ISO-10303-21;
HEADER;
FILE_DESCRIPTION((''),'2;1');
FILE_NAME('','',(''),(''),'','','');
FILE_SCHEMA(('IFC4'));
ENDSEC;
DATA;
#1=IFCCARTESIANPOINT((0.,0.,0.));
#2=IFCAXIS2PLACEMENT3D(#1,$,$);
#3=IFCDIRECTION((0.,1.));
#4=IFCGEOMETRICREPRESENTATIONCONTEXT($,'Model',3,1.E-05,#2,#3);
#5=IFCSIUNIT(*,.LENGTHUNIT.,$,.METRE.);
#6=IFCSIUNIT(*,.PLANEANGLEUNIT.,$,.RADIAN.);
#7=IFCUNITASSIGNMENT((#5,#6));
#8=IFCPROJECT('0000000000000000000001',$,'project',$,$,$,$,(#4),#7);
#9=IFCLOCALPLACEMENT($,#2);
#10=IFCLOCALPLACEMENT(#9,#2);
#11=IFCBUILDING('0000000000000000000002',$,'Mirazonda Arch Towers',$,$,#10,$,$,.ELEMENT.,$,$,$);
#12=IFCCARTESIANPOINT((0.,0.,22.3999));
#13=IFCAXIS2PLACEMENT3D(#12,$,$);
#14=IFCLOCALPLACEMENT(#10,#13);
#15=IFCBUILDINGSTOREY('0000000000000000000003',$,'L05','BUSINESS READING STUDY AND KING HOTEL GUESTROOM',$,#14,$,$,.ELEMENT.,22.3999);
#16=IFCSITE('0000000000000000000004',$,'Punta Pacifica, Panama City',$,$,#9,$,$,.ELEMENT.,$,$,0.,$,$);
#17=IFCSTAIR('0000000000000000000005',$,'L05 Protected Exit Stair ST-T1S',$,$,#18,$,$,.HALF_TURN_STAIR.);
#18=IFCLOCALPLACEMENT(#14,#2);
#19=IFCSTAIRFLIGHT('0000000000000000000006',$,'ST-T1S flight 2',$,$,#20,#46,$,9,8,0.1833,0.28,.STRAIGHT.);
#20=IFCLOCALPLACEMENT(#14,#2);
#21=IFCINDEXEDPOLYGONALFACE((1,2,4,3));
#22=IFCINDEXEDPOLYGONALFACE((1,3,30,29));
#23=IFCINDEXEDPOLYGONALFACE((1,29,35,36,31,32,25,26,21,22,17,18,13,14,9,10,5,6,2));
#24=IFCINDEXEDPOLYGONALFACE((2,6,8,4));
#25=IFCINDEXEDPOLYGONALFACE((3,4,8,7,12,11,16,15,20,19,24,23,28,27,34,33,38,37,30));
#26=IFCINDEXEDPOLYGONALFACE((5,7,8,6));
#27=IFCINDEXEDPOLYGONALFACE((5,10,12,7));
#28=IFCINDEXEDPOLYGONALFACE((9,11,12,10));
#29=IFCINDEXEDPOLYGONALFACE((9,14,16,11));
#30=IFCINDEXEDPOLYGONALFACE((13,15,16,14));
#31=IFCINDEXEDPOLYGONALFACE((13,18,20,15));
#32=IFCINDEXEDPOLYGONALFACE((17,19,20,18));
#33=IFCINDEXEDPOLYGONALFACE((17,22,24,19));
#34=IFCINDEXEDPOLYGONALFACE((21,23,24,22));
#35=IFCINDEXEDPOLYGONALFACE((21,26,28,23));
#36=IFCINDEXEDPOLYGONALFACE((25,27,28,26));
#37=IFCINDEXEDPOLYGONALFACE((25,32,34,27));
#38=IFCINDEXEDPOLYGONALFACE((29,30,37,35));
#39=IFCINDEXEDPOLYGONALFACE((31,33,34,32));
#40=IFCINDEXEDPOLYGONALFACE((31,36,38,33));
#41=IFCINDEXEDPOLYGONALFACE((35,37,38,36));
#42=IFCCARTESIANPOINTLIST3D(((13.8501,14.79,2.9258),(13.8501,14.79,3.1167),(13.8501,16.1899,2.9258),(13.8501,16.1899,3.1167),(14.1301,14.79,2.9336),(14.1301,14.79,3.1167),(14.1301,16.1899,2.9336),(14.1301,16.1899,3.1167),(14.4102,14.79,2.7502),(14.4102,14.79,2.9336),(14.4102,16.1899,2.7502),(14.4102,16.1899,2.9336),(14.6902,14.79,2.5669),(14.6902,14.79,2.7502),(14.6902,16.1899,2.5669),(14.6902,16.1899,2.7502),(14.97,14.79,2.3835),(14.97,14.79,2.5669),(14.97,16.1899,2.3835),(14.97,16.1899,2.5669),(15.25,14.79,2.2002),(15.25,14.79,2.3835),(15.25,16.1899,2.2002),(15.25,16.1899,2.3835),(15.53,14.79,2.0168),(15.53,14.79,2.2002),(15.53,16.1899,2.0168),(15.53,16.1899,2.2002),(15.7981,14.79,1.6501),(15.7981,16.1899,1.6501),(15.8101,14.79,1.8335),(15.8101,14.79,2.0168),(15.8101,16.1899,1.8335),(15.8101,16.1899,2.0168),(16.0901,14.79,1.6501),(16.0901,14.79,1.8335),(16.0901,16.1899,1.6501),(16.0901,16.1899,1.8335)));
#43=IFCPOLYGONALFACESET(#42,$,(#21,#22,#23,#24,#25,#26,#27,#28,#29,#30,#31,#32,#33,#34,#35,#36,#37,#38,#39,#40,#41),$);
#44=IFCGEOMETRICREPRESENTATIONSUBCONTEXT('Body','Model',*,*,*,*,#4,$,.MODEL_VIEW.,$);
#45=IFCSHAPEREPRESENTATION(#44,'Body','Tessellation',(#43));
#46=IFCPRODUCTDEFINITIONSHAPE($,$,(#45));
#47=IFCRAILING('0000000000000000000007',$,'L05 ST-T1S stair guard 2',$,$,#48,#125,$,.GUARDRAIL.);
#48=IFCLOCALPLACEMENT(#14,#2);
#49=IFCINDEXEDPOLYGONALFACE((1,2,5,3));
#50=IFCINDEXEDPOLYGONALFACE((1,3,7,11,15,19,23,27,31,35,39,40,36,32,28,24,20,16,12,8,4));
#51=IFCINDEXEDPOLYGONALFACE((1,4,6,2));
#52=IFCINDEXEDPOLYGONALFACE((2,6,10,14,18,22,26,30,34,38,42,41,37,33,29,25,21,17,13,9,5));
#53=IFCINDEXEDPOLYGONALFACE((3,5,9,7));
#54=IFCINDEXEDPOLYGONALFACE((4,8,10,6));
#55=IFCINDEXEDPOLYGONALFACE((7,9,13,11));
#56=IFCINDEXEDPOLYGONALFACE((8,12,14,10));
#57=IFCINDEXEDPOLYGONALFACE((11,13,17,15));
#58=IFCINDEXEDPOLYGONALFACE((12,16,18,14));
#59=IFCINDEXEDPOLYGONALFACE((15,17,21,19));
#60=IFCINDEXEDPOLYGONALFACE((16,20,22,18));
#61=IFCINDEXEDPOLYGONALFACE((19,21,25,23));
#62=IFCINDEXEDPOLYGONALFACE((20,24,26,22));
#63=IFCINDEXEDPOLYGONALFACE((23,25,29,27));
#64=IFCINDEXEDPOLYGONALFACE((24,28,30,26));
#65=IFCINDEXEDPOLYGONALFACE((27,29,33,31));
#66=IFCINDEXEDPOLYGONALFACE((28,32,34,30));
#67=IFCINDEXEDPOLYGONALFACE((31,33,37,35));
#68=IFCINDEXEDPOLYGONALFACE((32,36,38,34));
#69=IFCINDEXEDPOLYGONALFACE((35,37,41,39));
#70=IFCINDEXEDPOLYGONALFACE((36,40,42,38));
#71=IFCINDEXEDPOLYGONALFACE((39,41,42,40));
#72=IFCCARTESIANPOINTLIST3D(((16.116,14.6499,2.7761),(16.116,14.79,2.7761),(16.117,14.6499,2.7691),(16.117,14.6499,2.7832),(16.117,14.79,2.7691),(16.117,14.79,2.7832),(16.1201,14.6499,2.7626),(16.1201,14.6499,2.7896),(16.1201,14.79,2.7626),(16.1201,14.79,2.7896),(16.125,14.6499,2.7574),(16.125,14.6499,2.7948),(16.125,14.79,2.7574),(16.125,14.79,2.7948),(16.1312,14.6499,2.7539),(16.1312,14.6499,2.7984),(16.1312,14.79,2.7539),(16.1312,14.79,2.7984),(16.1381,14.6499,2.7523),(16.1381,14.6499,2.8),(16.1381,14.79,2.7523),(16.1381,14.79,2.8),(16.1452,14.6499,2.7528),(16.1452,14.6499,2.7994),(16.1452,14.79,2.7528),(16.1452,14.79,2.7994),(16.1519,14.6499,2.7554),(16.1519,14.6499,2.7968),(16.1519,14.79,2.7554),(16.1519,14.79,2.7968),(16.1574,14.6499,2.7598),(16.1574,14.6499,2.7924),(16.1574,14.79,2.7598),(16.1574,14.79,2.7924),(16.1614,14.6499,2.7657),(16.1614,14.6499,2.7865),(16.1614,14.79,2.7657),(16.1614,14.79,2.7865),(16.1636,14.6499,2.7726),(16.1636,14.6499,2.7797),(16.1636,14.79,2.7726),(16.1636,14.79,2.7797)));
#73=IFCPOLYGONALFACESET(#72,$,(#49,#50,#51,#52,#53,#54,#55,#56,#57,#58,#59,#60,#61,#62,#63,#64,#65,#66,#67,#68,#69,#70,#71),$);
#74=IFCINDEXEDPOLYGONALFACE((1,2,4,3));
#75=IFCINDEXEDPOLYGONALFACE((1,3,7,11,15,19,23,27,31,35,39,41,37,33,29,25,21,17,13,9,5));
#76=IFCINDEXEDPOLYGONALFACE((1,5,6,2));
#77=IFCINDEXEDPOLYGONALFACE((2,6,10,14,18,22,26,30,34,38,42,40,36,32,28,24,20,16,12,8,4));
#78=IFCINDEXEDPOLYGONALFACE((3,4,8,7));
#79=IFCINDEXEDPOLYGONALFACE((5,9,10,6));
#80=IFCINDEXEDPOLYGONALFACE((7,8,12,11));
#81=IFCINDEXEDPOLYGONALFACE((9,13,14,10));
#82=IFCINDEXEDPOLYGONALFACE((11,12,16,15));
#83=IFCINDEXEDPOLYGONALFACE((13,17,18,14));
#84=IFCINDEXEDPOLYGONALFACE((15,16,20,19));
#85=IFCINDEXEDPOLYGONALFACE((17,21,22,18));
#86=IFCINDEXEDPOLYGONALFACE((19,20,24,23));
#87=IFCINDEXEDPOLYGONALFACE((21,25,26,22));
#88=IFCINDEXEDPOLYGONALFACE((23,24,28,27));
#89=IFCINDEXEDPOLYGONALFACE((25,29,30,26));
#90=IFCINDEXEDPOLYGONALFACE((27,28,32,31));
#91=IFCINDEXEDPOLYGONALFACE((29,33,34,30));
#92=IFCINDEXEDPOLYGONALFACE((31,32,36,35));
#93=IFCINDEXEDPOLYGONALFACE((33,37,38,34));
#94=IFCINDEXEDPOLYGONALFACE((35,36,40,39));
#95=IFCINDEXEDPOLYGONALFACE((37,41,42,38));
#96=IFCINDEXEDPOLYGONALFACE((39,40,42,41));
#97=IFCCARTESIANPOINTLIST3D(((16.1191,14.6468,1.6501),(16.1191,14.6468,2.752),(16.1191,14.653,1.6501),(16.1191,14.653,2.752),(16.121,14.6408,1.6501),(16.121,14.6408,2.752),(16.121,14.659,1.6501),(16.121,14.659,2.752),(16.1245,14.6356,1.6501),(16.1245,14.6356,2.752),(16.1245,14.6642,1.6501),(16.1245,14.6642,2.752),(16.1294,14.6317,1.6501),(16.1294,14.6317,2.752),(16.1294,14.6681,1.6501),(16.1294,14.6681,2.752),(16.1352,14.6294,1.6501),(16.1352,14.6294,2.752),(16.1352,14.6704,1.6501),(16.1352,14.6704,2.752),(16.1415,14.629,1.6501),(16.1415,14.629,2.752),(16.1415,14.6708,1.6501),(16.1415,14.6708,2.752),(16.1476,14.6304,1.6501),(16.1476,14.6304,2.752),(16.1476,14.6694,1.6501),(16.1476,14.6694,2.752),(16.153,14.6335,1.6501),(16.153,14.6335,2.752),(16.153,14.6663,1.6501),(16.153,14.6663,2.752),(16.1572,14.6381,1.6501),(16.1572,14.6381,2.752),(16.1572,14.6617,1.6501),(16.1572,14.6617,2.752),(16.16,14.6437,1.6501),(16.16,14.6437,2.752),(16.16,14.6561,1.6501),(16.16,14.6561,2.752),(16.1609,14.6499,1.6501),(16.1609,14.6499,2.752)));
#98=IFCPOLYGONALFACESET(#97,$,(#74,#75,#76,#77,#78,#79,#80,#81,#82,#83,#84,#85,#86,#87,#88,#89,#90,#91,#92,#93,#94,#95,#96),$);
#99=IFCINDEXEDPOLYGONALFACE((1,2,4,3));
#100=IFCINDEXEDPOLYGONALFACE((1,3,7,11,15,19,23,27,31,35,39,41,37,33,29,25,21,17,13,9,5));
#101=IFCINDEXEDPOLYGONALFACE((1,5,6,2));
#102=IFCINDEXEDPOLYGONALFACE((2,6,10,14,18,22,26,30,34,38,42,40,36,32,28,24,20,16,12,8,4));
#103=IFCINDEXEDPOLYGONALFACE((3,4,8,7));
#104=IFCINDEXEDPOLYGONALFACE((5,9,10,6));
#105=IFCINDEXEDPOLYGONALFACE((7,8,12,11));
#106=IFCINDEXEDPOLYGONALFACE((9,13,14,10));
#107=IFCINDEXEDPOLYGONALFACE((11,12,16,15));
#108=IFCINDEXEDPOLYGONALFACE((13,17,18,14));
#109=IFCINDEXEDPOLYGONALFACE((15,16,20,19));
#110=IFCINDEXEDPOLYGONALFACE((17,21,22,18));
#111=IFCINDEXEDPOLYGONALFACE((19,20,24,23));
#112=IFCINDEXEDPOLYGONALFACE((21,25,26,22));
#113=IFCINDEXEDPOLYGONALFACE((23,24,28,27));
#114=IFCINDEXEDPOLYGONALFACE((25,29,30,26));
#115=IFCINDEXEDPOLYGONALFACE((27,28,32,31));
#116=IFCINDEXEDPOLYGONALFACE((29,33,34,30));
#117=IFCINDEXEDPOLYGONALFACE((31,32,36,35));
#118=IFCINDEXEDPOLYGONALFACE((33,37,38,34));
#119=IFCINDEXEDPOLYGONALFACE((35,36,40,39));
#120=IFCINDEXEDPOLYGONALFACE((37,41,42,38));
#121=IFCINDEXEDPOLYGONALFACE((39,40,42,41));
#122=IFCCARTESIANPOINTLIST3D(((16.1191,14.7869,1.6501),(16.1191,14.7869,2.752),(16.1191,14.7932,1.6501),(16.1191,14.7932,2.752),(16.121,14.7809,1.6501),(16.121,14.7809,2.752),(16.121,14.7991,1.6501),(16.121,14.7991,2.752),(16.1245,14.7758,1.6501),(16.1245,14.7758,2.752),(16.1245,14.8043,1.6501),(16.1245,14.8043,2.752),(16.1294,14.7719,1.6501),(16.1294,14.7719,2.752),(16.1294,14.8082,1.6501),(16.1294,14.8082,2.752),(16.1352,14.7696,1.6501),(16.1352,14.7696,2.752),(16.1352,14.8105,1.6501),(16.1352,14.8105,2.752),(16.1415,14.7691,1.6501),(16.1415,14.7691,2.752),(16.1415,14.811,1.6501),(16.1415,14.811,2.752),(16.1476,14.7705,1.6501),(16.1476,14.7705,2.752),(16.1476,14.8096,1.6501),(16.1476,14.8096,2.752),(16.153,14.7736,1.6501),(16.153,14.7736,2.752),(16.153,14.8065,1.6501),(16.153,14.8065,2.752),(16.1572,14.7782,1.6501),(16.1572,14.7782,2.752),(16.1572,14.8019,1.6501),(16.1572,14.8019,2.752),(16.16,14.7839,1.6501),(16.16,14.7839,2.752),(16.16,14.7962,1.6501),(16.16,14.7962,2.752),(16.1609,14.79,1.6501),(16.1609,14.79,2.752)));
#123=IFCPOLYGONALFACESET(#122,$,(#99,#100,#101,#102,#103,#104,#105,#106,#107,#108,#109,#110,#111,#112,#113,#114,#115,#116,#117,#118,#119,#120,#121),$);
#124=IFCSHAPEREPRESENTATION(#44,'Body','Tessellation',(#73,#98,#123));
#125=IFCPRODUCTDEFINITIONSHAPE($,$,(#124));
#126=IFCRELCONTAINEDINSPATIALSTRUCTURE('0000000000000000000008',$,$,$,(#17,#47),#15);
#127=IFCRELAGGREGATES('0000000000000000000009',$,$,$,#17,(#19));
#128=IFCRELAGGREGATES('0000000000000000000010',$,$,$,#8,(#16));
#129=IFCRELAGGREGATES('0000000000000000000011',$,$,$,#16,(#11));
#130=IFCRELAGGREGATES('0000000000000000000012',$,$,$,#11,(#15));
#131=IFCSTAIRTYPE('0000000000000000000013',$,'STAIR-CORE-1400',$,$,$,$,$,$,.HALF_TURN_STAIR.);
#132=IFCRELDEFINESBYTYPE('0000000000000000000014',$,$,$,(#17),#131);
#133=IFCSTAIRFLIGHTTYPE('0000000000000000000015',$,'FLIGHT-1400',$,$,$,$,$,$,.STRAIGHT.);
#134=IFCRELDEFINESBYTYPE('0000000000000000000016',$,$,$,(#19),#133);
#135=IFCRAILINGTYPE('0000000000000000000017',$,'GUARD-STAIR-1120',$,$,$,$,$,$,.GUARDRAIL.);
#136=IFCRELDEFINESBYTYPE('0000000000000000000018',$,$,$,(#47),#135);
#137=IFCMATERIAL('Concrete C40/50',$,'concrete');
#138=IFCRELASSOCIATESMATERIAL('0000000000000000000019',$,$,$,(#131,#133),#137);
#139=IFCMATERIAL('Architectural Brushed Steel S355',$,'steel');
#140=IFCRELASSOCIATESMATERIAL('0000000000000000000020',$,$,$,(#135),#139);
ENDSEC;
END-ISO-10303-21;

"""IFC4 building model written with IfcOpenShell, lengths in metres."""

from ifc_helpers import new_model, si_unit, direction, frame, origin, origin_2d, place, context, subcontext, project, spatial, polyline, circle, outline, extrude, material, type_object, element, aggregate, save


model = new_model("IFC4")

# Units and contexts
model_context = context("Model", 3, precision=1e-05, world=origin(), true_north=direction((0.0, 1.0)))
body_context = subcontext(model_context, "Body", "Model", "MODEL_VIEW")
ifc_project = project(units=[si_unit("LENGTHUNIT", "METRE"), si_unit("PLANEANGLEUNIT", "RADIAN")], contexts=[model_context])

# Site, building, storey
site_placement = place(None, origin())
site = spatial("IfcSite", under=ifc_project, at=site_placement, Name="Punta Pacifica, Panama City", CompositionType="ELEMENT", RefElevation=0.0)
building_placement = place(site_placement, origin())
building = spatial("IfcBuilding", under=site, at=building_placement, Name="Mirazonda Arch Towers", CompositionType="ELEMENT")
storey_placement = place(building_placement, frame((0.0, 0.0, 22.3999)))
storey = spatial("IfcBuildingStorey", under=building, at=storey_placement, Name="L05", Description="BUSINESS READING STUDY AND KING HOTEL GUESTROOM", CompositionType="ELEMENT", Elevation=22.3999)

# Shared definitions
ifc_material_1 = material(Name="Architectural Brushed Steel S355", Category="steel")

# Shared definitions
ifc_material_2 = material(Name="Concrete C40/50", Category="concrete")

# Stair, stair flight
stair_type = type_object("IfcStairType", Name="STAIR-CORE-1400", PredefinedType="HALF_TURN_STAIR", material=ifc_material_2)
stair_placement = place(storey_placement, origin())
stair = element("IfcStair", 1, at=stair_placement, inside=storey, type_object=stair_type, Name="L05 Protected Exit Stair ST-T1S", PredefinedType="HALF_TURN_STAIR")
stair_flight_type = type_object("IfcStairFlightType", Name="FLIGHT-1400", PredefinedType="STRAIGHT", material=ifc_material_2)
stair_flight_placement = place(storey_placement, frame((16.0901, 15.49, 1.6501), z_axis=(0.0, 0.0, 1.0), x_axis=(-1.0, 0.0, 0.0)))
stair_flight = element("IfcStairFlight", 2, at=stair_flight_placement, type_object=stair_flight_type, Name="ST-T1S flight 2", NumberOfRisers=9, NumberOfTreads=8, PredefinedType="STRAIGHT", RiserHeight=0.1833, TreadLength=0.28, context=body_context, shape_type="SweptSolid", body=[
    extrude(outline(polyline([(0.0, 0.0), (0.0, 0.1833), (0.28, 0.1833), (0.28, 0.3667), (0.5601, 0.3667), (0.5601, 0.55), (0.8401, 0.55), (0.8401, 0.7334), (1.1201, 0.7334), (1.1201, 0.9167), (1.3999, 0.9167), (1.3999, 1.1001), (1.6799, 1.1001), (1.6799, 1.2834), (1.96, 1.2834), (1.96, 1.4666), (2.24, 1.4666), (2.24, 1.6499), (2.24, 1.2756), (0.292, 0.0), (0.0, 0.0)])), frame((0.0, 0.7, 0.0), z_axis=(0.0, -1.0, 0.0), x_axis=(1.0, 0.0, 0.0)), (0.0, 0.0, 1.0), 1.3999),
])
aggregate(stair, [stair_flight])

# Railing
railing_type_1 = type_object("IfcRailingType", Name="GUARD-STAIR-1120", PredefinedType="GUARDRAIL", material=ifc_material_1)
railing_1_placement = place(storey_placement, frame((16.1399, 14.6499, 1.6501)))
element("IfcRailing", 3, at=railing_1_placement, inside=storey, type_object=railing_type_1, Name="L05 ST-T1S stair guard 2", PredefinedType="GUARDRAIL", context=body_context, shape_type="SweptSolid", body=[
    extrude(circle(Radius=0.0239, at=origin_2d()), frame((0.0, 0.0, 1.126), z_axis=(0.0, 1.0, 0.0), x_axis=(-1.0, 0.0, 0.0)), (0.0, 0.0, 1.0), 0.1401),
    extrude(circle(Radius=0.021, at=origin_2d()), origin(), (0.0, 0.0, 1.0), 1.1018),
    extrude(circle(Radius=0.021, at=origin_2d()), frame((0.0, 0.1401, 0.0)), (0.0, 0.0, 1.0), 1.1018),
])

save(model, "model.ifc")
